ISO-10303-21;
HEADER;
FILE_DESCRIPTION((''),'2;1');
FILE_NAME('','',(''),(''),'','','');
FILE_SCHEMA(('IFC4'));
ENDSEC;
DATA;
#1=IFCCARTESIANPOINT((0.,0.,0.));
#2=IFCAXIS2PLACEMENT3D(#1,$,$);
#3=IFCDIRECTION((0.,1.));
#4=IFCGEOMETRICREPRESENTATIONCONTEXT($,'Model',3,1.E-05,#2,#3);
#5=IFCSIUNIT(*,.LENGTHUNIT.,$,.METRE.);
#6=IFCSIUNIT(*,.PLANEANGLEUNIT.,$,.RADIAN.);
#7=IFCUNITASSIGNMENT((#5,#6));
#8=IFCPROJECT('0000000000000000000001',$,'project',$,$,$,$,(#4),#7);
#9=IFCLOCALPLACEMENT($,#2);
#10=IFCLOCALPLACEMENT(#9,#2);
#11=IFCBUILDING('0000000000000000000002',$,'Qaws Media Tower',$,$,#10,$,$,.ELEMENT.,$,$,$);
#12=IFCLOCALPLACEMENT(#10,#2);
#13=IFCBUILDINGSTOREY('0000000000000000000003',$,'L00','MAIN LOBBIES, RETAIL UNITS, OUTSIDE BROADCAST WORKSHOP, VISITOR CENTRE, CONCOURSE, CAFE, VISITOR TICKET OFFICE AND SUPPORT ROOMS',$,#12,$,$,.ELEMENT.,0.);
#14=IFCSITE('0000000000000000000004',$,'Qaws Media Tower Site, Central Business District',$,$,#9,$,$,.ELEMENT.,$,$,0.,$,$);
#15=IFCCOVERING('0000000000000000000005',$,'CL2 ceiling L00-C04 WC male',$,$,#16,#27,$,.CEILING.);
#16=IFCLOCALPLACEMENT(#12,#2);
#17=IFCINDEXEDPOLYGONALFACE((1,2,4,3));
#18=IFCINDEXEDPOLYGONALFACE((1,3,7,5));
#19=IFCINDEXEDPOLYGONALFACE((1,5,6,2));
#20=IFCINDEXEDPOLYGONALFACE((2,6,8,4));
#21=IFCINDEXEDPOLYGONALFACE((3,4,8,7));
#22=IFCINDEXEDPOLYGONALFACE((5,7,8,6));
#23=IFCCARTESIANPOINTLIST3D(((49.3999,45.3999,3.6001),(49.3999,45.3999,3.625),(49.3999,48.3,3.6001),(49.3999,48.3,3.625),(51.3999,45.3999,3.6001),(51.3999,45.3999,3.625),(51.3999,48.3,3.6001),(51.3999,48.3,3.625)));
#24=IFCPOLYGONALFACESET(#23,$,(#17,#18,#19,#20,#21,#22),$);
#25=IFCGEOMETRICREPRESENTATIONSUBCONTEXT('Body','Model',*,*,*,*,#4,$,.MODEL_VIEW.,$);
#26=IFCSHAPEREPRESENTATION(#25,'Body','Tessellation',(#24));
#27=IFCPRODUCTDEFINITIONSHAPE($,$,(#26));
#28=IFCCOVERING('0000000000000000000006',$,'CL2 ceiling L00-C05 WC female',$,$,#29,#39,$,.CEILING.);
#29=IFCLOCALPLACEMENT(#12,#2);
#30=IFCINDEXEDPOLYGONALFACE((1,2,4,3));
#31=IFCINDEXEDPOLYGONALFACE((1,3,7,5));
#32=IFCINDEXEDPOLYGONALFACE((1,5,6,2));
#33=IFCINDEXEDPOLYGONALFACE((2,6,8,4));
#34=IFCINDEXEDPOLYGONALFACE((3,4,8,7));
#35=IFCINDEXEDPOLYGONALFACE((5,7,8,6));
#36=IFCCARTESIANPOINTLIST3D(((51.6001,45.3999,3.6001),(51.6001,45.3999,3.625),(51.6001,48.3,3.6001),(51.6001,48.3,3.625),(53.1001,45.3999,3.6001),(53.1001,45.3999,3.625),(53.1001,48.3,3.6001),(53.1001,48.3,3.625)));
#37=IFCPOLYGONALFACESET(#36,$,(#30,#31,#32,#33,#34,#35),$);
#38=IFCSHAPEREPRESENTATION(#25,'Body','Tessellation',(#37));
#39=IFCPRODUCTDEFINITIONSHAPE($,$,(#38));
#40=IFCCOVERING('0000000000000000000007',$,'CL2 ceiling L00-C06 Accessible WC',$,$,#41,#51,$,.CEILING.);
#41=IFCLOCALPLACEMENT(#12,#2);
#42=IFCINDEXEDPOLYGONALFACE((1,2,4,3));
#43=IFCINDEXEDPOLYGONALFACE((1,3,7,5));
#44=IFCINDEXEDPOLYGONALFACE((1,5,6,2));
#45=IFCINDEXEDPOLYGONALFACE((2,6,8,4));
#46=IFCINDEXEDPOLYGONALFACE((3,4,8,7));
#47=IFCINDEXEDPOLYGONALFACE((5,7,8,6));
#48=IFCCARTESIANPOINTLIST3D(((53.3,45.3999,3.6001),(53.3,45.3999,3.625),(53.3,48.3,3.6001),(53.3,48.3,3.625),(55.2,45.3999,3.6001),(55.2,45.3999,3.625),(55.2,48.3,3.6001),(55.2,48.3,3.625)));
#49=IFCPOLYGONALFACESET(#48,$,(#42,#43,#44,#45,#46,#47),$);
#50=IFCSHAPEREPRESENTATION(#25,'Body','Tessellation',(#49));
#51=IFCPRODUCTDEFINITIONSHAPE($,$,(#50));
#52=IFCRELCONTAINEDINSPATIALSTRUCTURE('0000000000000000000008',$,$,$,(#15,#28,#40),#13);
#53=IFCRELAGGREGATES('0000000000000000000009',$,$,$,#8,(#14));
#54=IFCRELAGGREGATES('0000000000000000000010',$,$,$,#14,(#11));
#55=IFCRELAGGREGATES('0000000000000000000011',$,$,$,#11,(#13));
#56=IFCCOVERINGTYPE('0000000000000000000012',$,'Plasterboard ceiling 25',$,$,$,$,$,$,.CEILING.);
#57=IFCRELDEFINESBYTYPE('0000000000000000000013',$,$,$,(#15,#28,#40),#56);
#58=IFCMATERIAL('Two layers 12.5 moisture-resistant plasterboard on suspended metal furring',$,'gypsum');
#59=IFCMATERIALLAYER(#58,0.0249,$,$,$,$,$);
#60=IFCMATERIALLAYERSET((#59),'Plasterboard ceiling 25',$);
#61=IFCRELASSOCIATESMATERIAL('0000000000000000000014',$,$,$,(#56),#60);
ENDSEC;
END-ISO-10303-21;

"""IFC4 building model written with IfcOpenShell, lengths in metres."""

from ifc_helpers import new_model, si_unit, direction, frame, origin, place, context, subcontext, project, spatial, polyline, outline, extrude, material, layer, layer_set, type_object, element, save


model = new_model("IFC4")

# Units and contexts
model_context = context("Model", 3, precision=1e-05, world=origin(), true_north=direction((0.0, 1.0)))
body_context = subcontext(model_context, "Body", "Model", "MODEL_VIEW")
ifc_project = project(units=[si_unit("LENGTHUNIT", "METRE"), si_unit("PLANEANGLEUNIT", "RADIAN")], contexts=[model_context])

# Site, building, storey
site_placement = place(None, origin())
site = spatial("IfcSite", under=ifc_project, at=site_placement, Name="Qaws Media Tower Site, Central Business District", CompositionType="ELEMENT", RefElevation=0.0)
building_placement = place(site_placement, origin())
building = spatial("IfcBuilding", under=site, at=building_placement, Name="Qaws Media Tower", CompositionType="ELEMENT")
storey_placement = place(building_placement, origin())
storey = spatial("IfcBuildingStorey", under=building, at=storey_placement, Name="L00", Description="MAIN LOBBIES, RETAIL UNITS, OUTSIDE BROADCAST WORKSHOP, VISITOR CENTRE, CONCOURSE, CAFE, VISITOR TICKET OFFICE AND SUPPORT ROOMS", CompositionType="ELEMENT", Elevation=0.0)

# Coverings
ifc_material_1 = material(Name="Two layers 12.5 moisture-resistant plasterboard on suspended metal furring", Category="gypsum")
ifc_layer_1 = layer(ifc_material_1, 0.0249)
ifc_layer_set_1 = layer_set([ifc_layer_1], Name="Plasterboard ceiling 25")
covering_type_1 = type_object("IfcCoveringType", Name="Plasterboard ceiling 25", PredefinedType="CEILING", material=ifc_layer_set_1)
covering_1_placement = place(storey_placement, frame((0.0, 0.0, 3.6001)))
element("IfcCovering", 1, at=covering_1_placement, inside=storey, type_object=covering_type_1, Name="CL2 ceiling L00-C04 WC male", PredefinedType="CEILING", context=body_context, shape_type="SweptSolid", body=[
    extrude(outline(polyline([(49.3999, 45.3999), (49.3999, 48.3), (51.3999, 48.3), (51.3999, 45.3999), (49.3999, 45.3999)])), origin(), (0.0, 0.0, 1.0), 0.0249),
])
covering_2_placement = place(storey_placement, frame((0.0, 0.0, 3.6001)))
element("IfcCovering", 2, at=covering_2_placement, inside=storey, type_object=covering_type_1, Name="CL2 ceiling L00-C05 WC female", PredefinedType="CEILING", context=body_context, shape_type="SweptSolid", body=[
    extrude(outline(polyline([(51.6001, 45.3999), (51.6001, 48.3), (53.1001, 48.3), (53.1001, 45.3999), (51.6001, 45.3999)])), origin(), (0.0, 0.0, 1.0), 0.0249),
])
covering_3_placement = place(storey_placement, frame((0.0, 0.0, 3.6001)))
element("IfcCovering", 3, at=covering_3_placement, inside=storey, type_object=covering_type_1, Name="CL2 ceiling L00-C06 Accessible WC", PredefinedType="CEILING", context=body_context, shape_type="SweptSolid", body=[
    extrude(outline(polyline([(53.3, 45.3999), (53.3, 48.3), (55.2, 48.3), (55.2, 45.3999), (53.3, 45.3999)])), origin(), (0.0, 0.0, 1.0), 0.0249),
])

save(model, "model.ifc")
